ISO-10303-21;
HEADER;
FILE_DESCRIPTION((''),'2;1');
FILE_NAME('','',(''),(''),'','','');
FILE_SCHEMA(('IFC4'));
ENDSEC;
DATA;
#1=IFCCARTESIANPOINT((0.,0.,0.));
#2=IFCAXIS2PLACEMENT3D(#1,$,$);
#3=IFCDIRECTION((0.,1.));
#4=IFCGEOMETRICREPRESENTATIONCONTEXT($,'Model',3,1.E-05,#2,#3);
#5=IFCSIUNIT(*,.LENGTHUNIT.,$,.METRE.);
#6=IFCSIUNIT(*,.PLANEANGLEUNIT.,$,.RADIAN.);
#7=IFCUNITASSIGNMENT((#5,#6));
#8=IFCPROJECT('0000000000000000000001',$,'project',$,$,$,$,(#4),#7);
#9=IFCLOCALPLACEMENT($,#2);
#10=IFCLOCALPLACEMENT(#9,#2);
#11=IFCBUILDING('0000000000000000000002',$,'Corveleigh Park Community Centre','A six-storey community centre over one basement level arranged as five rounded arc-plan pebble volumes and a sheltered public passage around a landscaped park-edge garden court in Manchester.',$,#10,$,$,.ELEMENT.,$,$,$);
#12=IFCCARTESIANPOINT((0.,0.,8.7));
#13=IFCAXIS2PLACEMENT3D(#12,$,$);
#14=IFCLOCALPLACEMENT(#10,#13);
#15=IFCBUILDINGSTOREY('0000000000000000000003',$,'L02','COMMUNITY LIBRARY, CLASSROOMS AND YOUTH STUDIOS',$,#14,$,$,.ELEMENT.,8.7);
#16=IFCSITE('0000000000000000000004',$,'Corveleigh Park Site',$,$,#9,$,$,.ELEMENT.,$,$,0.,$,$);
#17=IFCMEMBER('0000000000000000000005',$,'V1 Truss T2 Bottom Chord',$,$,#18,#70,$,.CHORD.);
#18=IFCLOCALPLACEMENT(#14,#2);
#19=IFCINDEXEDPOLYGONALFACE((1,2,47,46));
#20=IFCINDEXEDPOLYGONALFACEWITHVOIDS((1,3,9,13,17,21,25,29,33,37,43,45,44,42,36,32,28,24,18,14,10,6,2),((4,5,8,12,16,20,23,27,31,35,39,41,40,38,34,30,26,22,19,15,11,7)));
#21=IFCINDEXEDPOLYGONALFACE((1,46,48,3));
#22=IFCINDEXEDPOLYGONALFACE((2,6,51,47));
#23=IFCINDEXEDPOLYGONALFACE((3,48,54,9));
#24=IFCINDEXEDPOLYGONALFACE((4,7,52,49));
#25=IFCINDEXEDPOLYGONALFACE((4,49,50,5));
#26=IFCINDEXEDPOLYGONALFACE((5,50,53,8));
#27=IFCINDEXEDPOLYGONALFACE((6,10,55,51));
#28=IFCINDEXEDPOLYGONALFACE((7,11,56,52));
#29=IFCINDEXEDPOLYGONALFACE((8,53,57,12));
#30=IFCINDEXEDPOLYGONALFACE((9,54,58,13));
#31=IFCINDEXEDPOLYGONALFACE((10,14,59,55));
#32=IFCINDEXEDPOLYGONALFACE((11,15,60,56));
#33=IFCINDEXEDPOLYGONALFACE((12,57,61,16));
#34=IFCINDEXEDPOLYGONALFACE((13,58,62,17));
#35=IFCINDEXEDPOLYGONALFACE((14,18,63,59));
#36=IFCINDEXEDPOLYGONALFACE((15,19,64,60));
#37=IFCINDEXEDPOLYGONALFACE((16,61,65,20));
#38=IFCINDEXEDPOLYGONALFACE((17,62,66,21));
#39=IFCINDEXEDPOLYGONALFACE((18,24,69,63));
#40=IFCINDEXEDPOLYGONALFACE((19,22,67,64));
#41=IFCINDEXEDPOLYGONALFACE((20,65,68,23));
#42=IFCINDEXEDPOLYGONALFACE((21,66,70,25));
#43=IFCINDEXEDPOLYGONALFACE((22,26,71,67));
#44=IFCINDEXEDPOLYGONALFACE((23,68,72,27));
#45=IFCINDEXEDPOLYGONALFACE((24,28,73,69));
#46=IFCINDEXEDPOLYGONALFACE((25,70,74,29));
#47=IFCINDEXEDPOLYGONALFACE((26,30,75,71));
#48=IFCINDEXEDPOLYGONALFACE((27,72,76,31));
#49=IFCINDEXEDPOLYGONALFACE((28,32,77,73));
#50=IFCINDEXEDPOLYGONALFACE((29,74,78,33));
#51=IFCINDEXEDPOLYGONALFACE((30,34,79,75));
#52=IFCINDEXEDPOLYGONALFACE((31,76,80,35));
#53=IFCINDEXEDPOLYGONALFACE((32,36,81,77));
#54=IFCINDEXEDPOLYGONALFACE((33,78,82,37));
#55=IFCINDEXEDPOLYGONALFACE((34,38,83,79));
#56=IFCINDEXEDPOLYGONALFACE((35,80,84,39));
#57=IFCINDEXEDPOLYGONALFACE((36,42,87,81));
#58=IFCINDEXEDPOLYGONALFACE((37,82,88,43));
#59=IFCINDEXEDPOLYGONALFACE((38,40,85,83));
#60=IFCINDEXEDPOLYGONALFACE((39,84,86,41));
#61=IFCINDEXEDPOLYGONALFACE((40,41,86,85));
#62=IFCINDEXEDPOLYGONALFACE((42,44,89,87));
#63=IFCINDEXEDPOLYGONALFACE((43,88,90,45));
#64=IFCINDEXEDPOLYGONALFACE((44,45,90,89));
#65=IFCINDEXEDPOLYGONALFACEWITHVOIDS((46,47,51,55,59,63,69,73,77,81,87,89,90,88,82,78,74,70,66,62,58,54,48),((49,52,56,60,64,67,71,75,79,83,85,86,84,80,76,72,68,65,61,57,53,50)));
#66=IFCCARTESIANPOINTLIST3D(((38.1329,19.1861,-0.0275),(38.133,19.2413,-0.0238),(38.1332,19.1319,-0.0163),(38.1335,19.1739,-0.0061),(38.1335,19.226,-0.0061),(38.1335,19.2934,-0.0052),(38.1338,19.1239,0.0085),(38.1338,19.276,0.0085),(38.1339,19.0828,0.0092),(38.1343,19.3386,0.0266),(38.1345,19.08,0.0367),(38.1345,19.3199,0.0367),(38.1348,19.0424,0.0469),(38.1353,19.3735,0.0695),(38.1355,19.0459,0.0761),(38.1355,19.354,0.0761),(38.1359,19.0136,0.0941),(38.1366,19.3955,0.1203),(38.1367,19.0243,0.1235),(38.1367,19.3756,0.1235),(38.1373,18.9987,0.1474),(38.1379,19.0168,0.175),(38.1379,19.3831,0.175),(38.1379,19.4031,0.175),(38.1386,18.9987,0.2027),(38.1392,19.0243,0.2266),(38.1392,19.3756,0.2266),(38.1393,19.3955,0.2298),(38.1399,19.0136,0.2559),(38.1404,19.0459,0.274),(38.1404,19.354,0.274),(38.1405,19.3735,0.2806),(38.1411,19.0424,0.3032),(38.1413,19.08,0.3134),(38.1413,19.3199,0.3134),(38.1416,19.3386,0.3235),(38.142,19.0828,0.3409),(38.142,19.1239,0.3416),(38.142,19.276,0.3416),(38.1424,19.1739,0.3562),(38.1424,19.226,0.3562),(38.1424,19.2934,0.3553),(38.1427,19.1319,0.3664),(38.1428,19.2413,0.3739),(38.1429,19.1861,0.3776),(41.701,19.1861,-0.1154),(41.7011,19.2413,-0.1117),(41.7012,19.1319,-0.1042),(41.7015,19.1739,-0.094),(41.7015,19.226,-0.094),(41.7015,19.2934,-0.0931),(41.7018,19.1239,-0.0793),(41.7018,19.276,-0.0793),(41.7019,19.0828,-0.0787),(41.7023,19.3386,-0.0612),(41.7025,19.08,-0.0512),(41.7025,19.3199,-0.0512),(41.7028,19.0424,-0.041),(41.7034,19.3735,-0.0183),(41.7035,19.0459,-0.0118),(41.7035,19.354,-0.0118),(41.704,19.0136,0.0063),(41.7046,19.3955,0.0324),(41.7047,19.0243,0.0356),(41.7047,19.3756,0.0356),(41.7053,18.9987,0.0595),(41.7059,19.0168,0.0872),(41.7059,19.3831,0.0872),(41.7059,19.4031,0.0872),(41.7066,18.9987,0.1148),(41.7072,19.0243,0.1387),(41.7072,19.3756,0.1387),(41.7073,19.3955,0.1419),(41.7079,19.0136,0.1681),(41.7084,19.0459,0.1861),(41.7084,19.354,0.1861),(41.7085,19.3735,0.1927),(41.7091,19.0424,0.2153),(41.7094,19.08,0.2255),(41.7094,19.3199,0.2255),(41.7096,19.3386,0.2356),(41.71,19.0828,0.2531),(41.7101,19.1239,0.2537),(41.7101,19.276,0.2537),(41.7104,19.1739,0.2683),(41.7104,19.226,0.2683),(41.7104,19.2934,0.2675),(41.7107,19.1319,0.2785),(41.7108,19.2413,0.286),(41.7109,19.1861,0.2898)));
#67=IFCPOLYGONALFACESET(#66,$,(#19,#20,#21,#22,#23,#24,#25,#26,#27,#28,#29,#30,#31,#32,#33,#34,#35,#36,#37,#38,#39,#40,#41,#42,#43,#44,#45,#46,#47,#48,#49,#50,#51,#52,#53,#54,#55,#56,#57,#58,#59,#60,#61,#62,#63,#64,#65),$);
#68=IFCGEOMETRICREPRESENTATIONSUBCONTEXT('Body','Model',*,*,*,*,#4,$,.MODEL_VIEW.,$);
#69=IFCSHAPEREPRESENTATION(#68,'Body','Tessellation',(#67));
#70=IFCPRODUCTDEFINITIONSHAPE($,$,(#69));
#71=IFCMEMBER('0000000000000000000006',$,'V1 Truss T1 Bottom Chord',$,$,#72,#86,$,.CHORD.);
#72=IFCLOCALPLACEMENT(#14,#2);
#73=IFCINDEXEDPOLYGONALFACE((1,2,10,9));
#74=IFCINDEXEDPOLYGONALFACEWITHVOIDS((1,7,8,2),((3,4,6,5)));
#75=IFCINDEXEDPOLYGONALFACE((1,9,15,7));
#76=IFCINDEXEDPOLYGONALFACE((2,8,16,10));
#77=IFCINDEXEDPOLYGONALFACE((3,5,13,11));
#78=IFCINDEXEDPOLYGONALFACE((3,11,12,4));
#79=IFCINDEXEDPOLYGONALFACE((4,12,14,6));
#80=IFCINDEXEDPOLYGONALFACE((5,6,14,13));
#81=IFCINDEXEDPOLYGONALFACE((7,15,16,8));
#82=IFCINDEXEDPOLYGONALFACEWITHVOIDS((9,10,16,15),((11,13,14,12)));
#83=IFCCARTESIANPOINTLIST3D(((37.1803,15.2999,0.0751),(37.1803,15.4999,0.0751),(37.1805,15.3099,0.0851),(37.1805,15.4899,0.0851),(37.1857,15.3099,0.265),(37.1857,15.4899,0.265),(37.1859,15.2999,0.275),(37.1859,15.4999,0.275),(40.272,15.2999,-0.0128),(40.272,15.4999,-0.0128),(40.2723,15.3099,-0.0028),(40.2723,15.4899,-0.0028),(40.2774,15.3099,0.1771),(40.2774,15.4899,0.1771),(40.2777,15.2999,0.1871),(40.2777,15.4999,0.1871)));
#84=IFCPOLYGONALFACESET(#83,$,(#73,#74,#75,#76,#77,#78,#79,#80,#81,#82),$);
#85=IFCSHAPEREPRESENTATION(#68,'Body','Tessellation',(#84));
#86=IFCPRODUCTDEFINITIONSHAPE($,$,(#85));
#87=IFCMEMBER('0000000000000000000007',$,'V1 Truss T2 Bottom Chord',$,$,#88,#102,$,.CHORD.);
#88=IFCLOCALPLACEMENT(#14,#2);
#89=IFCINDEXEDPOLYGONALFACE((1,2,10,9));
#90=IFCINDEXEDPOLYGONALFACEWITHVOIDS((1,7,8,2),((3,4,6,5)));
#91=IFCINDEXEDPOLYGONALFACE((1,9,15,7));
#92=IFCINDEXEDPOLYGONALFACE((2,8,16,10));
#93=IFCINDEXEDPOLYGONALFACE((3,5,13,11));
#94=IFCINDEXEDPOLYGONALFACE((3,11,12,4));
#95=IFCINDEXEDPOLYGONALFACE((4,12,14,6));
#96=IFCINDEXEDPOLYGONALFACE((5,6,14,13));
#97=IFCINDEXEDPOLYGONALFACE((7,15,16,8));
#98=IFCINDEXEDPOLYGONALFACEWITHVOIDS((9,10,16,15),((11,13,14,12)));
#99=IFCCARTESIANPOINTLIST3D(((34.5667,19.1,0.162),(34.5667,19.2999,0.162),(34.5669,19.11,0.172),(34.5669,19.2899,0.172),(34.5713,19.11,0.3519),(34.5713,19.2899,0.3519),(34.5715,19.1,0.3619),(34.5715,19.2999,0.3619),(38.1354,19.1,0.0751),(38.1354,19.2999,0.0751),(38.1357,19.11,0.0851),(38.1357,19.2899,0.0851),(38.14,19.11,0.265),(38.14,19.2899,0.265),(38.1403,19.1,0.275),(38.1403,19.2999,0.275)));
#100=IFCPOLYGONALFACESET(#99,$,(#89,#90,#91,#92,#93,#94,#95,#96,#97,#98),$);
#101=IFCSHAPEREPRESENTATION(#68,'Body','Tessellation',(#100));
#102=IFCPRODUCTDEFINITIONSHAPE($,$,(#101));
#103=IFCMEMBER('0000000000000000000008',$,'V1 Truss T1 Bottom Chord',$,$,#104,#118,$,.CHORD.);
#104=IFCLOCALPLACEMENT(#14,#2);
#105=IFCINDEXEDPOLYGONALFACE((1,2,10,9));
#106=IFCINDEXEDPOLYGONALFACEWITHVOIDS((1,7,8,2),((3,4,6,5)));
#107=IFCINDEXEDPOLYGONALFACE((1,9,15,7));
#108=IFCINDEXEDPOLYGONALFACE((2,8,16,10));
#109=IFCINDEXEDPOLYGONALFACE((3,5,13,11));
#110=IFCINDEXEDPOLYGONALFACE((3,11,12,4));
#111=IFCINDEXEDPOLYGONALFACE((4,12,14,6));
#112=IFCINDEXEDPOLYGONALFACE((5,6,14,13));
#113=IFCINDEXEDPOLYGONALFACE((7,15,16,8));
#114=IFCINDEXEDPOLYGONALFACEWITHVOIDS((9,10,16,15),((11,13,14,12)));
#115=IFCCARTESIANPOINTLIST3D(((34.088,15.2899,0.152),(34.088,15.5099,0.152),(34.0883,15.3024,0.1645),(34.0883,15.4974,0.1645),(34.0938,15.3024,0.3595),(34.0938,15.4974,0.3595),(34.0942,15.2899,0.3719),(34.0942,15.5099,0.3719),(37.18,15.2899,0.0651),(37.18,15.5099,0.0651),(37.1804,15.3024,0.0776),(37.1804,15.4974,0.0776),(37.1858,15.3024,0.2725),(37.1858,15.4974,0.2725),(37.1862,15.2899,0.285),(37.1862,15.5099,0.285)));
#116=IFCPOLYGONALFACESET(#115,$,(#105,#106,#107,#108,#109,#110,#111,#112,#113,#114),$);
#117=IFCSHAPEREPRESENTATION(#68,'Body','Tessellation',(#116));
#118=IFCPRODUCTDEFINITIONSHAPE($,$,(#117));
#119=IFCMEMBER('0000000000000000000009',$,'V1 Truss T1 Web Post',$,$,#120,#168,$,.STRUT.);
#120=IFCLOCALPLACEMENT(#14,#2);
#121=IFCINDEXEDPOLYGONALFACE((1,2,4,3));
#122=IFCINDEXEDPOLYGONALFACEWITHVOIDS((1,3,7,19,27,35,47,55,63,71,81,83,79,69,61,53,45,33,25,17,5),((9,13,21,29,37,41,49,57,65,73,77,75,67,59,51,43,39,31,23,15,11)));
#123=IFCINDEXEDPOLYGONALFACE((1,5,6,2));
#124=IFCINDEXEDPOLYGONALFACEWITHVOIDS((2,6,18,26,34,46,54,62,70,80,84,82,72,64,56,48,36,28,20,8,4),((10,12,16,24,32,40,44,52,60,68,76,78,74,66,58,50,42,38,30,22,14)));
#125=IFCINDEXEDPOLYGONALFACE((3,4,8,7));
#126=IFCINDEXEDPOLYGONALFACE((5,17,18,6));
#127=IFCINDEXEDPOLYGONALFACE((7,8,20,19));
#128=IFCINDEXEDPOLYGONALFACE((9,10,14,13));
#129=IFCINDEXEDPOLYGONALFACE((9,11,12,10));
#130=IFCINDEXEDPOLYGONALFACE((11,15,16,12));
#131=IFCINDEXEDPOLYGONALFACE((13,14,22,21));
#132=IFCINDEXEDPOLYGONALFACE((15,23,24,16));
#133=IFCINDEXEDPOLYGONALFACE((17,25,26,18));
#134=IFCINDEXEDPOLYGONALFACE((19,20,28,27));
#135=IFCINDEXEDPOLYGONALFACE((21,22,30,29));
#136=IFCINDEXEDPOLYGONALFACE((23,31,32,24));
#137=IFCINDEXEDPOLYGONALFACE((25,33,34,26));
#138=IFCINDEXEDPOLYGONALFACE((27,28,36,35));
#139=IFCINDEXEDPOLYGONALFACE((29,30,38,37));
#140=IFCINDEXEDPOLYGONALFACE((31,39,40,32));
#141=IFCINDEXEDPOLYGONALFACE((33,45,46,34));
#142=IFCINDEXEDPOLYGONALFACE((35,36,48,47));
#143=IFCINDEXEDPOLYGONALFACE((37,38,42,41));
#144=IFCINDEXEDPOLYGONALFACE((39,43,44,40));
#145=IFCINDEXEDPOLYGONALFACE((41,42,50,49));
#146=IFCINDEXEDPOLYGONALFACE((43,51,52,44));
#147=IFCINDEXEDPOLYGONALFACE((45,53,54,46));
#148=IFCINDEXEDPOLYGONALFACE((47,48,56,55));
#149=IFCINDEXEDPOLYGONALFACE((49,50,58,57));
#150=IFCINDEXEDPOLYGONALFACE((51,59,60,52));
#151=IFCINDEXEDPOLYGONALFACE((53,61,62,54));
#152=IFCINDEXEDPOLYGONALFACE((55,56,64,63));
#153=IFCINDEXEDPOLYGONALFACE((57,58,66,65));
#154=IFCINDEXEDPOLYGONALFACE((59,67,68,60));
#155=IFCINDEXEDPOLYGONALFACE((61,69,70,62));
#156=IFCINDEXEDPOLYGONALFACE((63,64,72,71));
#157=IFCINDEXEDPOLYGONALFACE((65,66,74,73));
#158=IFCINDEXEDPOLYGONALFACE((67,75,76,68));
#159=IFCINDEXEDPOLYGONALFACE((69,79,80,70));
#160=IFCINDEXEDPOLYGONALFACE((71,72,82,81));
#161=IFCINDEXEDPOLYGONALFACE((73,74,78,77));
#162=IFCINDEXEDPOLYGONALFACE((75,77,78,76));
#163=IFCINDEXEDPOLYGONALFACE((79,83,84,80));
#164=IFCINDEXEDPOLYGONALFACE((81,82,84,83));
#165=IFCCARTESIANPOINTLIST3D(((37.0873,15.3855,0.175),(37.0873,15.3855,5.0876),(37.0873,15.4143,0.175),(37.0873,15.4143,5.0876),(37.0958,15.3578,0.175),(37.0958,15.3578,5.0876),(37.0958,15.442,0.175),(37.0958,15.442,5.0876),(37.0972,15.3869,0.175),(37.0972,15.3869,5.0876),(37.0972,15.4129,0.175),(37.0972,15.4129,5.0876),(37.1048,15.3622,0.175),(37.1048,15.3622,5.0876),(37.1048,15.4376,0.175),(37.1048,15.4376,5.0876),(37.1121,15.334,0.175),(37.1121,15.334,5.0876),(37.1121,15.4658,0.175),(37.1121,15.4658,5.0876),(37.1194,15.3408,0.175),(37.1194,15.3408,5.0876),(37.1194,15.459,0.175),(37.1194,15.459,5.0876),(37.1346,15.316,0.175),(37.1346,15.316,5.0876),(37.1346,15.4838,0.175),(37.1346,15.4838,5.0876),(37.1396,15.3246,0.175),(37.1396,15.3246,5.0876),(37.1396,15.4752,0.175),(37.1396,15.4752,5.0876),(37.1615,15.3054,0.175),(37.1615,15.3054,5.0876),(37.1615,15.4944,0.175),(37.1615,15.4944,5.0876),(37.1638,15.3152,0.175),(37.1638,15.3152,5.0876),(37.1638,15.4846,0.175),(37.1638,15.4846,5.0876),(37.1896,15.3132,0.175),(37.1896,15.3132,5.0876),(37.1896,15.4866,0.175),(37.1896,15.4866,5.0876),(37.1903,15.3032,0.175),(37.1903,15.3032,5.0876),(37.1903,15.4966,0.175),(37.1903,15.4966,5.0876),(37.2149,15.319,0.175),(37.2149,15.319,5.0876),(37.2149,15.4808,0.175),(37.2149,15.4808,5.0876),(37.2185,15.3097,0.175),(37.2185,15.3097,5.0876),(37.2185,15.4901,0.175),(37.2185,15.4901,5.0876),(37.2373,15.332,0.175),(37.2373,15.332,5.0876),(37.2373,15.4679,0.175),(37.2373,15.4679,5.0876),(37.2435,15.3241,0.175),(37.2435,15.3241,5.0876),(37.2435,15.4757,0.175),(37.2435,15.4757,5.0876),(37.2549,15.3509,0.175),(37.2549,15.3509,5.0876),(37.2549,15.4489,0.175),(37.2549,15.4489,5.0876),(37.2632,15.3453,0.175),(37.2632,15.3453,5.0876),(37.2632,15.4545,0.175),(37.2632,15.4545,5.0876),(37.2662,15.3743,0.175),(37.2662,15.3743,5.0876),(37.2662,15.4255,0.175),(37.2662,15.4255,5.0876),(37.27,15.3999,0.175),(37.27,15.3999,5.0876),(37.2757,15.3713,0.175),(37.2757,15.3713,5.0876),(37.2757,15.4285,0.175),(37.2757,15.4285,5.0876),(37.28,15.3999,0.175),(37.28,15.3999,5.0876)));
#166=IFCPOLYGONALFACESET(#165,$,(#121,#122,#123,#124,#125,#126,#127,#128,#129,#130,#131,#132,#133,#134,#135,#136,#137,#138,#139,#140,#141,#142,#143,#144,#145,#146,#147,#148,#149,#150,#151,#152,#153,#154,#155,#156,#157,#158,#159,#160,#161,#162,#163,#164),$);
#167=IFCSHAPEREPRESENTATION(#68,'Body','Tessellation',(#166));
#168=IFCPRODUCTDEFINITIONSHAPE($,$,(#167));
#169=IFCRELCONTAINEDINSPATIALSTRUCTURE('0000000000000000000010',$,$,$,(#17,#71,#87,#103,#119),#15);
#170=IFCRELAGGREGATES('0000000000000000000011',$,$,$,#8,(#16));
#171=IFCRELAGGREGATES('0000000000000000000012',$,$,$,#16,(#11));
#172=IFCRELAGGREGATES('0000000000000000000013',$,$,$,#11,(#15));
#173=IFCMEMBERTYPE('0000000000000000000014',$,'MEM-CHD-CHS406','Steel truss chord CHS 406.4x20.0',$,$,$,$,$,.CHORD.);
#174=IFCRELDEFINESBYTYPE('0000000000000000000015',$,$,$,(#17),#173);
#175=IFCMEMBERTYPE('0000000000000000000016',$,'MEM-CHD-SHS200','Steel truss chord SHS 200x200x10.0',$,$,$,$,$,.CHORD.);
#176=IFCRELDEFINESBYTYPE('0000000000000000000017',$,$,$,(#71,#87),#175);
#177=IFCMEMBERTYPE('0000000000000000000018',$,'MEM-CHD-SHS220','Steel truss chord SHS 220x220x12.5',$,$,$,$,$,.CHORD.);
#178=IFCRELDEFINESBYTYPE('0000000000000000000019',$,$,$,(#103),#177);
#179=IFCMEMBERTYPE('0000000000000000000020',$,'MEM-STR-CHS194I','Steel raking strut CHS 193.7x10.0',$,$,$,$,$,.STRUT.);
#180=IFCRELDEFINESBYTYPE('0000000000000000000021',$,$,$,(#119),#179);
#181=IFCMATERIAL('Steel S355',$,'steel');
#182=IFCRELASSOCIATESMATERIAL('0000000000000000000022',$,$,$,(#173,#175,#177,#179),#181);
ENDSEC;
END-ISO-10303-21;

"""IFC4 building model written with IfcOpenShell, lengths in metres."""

from ifc_helpers import new_model, si_unit, direction, frame, origin, origin_2d, place, context, subcontext, project, spatial, hollow_rectangle, hollow_circle, extrude, material, material_profile, profile_set, type_object, element, save


model = new_model("IFC4")

# Units and contexts
model_context = context("Model", 3, precision=1e-05, world=origin(), true_north=direction((0.0, 1.0)))
body_context = subcontext(model_context, "Body", "Model", "MODEL_VIEW")
ifc_project = project(units=[si_unit("LENGTHUNIT", "METRE"), si_unit("PLANEANGLEUNIT", "RADIAN")], contexts=[model_context])

# Site, building, storey
site_placement = place(None, origin())
site = spatial("IfcSite", under=ifc_project, at=site_placement, Name="Corveleigh Park Site", CompositionType="ELEMENT", RefElevation=0.0)
building_placement = place(site_placement, origin())
building = spatial("IfcBuilding", under=site, at=building_placement, Name="Corveleigh Park Community Centre", Description="A six-storey community centre over one basement level arranged as five rounded arc-plan pebble volumes and a sheltered public passage around a landscaped park-edge garden court in Manchester.", CompositionType="ELEMENT")
storey_placement = place(building_placement, frame((0.0, 0.0, 8.7)))
storey = spatial("IfcBuildingStorey", under=building, at=storey_placement, Name="L02", Description="COMMUNITY LIBRARY, CLASSROOMS AND YOUTH STUDIOS", CompositionType="ELEMENT", Elevation=8.7)

# Members
ifc_material_1 = material(Name="Steel S355", Category="steel")
ifc_material_profile_1 = material_profile(ifc_material_1, hollow_circle(Radius=0.2031, WallThickness=0.02, at=origin_2d()), Name="CHS 406.4x20.0", Category="steel")
ifc_profile_set_1 = profile_set([ifc_material_profile_1], Name="Steel S355")
member_type_1 = type_object("IfcMemberType", Name="MEM-CHD-CHS406", Description="Steel truss chord CHS 406.4x20.0", PredefinedType="CHORD", material=ifc_profile_set_1)
member_1_placement = place(storey_placement, frame((38.1379, 19.2, 0.175), z_axis=(0.999697, 0.0, -0.024625), x_axis=(0.0, 1.0, 0.0)))
element("IfcMember", 1, at=member_1_placement, inside=storey, type_object=member_type_1, Name="V1 Truss T2 Bottom Chord", PredefinedType="CHORD", context=body_context, shape_type="SweptSolid", body=[
    extrude(hollow_circle(Radius=0.2031, WallThickness=0.02, at=origin_2d()), origin(), (0.0, 0.0, 1.0), 3.5691),
])
ifc_material_profile_2 = material_profile(ifc_material_1, hollow_rectangle(XDim=0.2, YDim=0.2, WallThickness=0.01, at=origin_2d()), Name="SHS 200x200x10.0", Category="steel")
ifc_profile_set_2 = profile_set([ifc_material_profile_2], Name="Steel S355")
member_type_2 = type_object("IfcMemberType", Name="MEM-CHD-SHS200", Description="Steel truss chord SHS 200x200x10.0", PredefinedType="CHORD", material=ifc_profile_set_2)
member_2_placement = place(storey_placement, frame((37.1831, 15.3999, 0.175), z_axis=(0.999596, 0.0, -0.028416), x_axis=(0.0, 1.0, 0.0)))
element("IfcMember", 2, at=member_2_placement, inside=storey, type_object=member_type_2, Name="V1 Truss T1 Bottom Chord", PredefinedType="CHORD", context=body_context, shape_type="SweptSolid", body=[
    extrude(hollow_rectangle(XDim=0.2, YDim=0.2, WallThickness=0.01, at=origin_2d()), origin(), (0.0, 0.0, 1.0), 3.093),
])
member_3_placement = place(storey_placement, frame((34.5691, 19.2, 0.262), z_axis=(0.999704, 0.0, -0.024346), x_axis=(0.0, 1.0, 0.0)))
element("IfcMember", 3, at=member_3_placement, inside=storey, type_object=member_type_2, Name="V1 Truss T2 Bottom Chord", PredefinedType="CHORD", context=body_context, shape_type="SweptSolid", body=[
    extrude(hollow_rectangle(XDim=0.2, YDim=0.2, WallThickness=0.01, at=origin_2d()), origin(), (0.0, 0.0, 1.0), 3.5698),
])
ifc_material_profile_3 = material_profile(ifc_material_1, hollow_rectangle(XDim=0.22, YDim=0.22, WallThickness=0.0125, at=origin_2d()), Name="SHS 220x220x12.5", Category="steel")
ifc_profile_set_3 = profile_set([ifc_material_profile_3], Name="Steel S355")
member_type_3 = type_object("IfcMemberType", Name="MEM-CHD-SHS220", Description="Steel truss chord SHS 220x220x12.5", PredefinedType="CHORD", material=ifc_profile_set_3)
member_4_placement = place(storey_placement, frame((34.0911, 15.3999, 0.262), z_axis=(0.999605, 0.0, -0.028098), x_axis=(0.0, 1.0, 0.0)))
element("IfcMember", 4, at=member_4_placement, inside=storey, type_object=member_type_3, Name="V1 Truss T1 Bottom Chord", PredefinedType="CHORD", context=body_context, shape_type="SweptSolid", body=[
    extrude(hollow_rectangle(XDim=0.22, YDim=0.22, WallThickness=0.0125, at=origin_2d()), origin(), (0.0, 0.0, 1.0), 3.0933),
])
ifc_material_profile_4 = material_profile(ifc_material_1, hollow_circle(Radius=0.0969, WallThickness=0.01, at=origin_2d()), Name="CHS 193.7x10.0", Category="steel")
ifc_profile_set_4 = profile_set([ifc_material_profile_4], Name="Steel S355")
member_type_4 = type_object("IfcMemberType", Name="MEM-STR-CHS194I", Description="Steel raking strut CHS 193.7x10.0", PredefinedType="STRUT", material=ifc_profile_set_4)
member_5_placement = place(storey_placement, frame((37.1831, 15.3999, 0.175), z_axis=(0.0, 0.0, 1.0), x_axis=(1.0, 0.0, 0.0)))
element("IfcMember", 5, at=member_5_placement, inside=storey, type_object=member_type_4, Name="V1 Truss T1 Web Post", PredefinedType="STRUT", context=body_context, shape_type="SweptSolid", body=[
    extrude(hollow_circle(Radius=0.0969, WallThickness=0.01, at=origin_2d()), origin(), (0.0, 0.0, 1.0), 4.9126),
])

save(model, "model.ifc")
